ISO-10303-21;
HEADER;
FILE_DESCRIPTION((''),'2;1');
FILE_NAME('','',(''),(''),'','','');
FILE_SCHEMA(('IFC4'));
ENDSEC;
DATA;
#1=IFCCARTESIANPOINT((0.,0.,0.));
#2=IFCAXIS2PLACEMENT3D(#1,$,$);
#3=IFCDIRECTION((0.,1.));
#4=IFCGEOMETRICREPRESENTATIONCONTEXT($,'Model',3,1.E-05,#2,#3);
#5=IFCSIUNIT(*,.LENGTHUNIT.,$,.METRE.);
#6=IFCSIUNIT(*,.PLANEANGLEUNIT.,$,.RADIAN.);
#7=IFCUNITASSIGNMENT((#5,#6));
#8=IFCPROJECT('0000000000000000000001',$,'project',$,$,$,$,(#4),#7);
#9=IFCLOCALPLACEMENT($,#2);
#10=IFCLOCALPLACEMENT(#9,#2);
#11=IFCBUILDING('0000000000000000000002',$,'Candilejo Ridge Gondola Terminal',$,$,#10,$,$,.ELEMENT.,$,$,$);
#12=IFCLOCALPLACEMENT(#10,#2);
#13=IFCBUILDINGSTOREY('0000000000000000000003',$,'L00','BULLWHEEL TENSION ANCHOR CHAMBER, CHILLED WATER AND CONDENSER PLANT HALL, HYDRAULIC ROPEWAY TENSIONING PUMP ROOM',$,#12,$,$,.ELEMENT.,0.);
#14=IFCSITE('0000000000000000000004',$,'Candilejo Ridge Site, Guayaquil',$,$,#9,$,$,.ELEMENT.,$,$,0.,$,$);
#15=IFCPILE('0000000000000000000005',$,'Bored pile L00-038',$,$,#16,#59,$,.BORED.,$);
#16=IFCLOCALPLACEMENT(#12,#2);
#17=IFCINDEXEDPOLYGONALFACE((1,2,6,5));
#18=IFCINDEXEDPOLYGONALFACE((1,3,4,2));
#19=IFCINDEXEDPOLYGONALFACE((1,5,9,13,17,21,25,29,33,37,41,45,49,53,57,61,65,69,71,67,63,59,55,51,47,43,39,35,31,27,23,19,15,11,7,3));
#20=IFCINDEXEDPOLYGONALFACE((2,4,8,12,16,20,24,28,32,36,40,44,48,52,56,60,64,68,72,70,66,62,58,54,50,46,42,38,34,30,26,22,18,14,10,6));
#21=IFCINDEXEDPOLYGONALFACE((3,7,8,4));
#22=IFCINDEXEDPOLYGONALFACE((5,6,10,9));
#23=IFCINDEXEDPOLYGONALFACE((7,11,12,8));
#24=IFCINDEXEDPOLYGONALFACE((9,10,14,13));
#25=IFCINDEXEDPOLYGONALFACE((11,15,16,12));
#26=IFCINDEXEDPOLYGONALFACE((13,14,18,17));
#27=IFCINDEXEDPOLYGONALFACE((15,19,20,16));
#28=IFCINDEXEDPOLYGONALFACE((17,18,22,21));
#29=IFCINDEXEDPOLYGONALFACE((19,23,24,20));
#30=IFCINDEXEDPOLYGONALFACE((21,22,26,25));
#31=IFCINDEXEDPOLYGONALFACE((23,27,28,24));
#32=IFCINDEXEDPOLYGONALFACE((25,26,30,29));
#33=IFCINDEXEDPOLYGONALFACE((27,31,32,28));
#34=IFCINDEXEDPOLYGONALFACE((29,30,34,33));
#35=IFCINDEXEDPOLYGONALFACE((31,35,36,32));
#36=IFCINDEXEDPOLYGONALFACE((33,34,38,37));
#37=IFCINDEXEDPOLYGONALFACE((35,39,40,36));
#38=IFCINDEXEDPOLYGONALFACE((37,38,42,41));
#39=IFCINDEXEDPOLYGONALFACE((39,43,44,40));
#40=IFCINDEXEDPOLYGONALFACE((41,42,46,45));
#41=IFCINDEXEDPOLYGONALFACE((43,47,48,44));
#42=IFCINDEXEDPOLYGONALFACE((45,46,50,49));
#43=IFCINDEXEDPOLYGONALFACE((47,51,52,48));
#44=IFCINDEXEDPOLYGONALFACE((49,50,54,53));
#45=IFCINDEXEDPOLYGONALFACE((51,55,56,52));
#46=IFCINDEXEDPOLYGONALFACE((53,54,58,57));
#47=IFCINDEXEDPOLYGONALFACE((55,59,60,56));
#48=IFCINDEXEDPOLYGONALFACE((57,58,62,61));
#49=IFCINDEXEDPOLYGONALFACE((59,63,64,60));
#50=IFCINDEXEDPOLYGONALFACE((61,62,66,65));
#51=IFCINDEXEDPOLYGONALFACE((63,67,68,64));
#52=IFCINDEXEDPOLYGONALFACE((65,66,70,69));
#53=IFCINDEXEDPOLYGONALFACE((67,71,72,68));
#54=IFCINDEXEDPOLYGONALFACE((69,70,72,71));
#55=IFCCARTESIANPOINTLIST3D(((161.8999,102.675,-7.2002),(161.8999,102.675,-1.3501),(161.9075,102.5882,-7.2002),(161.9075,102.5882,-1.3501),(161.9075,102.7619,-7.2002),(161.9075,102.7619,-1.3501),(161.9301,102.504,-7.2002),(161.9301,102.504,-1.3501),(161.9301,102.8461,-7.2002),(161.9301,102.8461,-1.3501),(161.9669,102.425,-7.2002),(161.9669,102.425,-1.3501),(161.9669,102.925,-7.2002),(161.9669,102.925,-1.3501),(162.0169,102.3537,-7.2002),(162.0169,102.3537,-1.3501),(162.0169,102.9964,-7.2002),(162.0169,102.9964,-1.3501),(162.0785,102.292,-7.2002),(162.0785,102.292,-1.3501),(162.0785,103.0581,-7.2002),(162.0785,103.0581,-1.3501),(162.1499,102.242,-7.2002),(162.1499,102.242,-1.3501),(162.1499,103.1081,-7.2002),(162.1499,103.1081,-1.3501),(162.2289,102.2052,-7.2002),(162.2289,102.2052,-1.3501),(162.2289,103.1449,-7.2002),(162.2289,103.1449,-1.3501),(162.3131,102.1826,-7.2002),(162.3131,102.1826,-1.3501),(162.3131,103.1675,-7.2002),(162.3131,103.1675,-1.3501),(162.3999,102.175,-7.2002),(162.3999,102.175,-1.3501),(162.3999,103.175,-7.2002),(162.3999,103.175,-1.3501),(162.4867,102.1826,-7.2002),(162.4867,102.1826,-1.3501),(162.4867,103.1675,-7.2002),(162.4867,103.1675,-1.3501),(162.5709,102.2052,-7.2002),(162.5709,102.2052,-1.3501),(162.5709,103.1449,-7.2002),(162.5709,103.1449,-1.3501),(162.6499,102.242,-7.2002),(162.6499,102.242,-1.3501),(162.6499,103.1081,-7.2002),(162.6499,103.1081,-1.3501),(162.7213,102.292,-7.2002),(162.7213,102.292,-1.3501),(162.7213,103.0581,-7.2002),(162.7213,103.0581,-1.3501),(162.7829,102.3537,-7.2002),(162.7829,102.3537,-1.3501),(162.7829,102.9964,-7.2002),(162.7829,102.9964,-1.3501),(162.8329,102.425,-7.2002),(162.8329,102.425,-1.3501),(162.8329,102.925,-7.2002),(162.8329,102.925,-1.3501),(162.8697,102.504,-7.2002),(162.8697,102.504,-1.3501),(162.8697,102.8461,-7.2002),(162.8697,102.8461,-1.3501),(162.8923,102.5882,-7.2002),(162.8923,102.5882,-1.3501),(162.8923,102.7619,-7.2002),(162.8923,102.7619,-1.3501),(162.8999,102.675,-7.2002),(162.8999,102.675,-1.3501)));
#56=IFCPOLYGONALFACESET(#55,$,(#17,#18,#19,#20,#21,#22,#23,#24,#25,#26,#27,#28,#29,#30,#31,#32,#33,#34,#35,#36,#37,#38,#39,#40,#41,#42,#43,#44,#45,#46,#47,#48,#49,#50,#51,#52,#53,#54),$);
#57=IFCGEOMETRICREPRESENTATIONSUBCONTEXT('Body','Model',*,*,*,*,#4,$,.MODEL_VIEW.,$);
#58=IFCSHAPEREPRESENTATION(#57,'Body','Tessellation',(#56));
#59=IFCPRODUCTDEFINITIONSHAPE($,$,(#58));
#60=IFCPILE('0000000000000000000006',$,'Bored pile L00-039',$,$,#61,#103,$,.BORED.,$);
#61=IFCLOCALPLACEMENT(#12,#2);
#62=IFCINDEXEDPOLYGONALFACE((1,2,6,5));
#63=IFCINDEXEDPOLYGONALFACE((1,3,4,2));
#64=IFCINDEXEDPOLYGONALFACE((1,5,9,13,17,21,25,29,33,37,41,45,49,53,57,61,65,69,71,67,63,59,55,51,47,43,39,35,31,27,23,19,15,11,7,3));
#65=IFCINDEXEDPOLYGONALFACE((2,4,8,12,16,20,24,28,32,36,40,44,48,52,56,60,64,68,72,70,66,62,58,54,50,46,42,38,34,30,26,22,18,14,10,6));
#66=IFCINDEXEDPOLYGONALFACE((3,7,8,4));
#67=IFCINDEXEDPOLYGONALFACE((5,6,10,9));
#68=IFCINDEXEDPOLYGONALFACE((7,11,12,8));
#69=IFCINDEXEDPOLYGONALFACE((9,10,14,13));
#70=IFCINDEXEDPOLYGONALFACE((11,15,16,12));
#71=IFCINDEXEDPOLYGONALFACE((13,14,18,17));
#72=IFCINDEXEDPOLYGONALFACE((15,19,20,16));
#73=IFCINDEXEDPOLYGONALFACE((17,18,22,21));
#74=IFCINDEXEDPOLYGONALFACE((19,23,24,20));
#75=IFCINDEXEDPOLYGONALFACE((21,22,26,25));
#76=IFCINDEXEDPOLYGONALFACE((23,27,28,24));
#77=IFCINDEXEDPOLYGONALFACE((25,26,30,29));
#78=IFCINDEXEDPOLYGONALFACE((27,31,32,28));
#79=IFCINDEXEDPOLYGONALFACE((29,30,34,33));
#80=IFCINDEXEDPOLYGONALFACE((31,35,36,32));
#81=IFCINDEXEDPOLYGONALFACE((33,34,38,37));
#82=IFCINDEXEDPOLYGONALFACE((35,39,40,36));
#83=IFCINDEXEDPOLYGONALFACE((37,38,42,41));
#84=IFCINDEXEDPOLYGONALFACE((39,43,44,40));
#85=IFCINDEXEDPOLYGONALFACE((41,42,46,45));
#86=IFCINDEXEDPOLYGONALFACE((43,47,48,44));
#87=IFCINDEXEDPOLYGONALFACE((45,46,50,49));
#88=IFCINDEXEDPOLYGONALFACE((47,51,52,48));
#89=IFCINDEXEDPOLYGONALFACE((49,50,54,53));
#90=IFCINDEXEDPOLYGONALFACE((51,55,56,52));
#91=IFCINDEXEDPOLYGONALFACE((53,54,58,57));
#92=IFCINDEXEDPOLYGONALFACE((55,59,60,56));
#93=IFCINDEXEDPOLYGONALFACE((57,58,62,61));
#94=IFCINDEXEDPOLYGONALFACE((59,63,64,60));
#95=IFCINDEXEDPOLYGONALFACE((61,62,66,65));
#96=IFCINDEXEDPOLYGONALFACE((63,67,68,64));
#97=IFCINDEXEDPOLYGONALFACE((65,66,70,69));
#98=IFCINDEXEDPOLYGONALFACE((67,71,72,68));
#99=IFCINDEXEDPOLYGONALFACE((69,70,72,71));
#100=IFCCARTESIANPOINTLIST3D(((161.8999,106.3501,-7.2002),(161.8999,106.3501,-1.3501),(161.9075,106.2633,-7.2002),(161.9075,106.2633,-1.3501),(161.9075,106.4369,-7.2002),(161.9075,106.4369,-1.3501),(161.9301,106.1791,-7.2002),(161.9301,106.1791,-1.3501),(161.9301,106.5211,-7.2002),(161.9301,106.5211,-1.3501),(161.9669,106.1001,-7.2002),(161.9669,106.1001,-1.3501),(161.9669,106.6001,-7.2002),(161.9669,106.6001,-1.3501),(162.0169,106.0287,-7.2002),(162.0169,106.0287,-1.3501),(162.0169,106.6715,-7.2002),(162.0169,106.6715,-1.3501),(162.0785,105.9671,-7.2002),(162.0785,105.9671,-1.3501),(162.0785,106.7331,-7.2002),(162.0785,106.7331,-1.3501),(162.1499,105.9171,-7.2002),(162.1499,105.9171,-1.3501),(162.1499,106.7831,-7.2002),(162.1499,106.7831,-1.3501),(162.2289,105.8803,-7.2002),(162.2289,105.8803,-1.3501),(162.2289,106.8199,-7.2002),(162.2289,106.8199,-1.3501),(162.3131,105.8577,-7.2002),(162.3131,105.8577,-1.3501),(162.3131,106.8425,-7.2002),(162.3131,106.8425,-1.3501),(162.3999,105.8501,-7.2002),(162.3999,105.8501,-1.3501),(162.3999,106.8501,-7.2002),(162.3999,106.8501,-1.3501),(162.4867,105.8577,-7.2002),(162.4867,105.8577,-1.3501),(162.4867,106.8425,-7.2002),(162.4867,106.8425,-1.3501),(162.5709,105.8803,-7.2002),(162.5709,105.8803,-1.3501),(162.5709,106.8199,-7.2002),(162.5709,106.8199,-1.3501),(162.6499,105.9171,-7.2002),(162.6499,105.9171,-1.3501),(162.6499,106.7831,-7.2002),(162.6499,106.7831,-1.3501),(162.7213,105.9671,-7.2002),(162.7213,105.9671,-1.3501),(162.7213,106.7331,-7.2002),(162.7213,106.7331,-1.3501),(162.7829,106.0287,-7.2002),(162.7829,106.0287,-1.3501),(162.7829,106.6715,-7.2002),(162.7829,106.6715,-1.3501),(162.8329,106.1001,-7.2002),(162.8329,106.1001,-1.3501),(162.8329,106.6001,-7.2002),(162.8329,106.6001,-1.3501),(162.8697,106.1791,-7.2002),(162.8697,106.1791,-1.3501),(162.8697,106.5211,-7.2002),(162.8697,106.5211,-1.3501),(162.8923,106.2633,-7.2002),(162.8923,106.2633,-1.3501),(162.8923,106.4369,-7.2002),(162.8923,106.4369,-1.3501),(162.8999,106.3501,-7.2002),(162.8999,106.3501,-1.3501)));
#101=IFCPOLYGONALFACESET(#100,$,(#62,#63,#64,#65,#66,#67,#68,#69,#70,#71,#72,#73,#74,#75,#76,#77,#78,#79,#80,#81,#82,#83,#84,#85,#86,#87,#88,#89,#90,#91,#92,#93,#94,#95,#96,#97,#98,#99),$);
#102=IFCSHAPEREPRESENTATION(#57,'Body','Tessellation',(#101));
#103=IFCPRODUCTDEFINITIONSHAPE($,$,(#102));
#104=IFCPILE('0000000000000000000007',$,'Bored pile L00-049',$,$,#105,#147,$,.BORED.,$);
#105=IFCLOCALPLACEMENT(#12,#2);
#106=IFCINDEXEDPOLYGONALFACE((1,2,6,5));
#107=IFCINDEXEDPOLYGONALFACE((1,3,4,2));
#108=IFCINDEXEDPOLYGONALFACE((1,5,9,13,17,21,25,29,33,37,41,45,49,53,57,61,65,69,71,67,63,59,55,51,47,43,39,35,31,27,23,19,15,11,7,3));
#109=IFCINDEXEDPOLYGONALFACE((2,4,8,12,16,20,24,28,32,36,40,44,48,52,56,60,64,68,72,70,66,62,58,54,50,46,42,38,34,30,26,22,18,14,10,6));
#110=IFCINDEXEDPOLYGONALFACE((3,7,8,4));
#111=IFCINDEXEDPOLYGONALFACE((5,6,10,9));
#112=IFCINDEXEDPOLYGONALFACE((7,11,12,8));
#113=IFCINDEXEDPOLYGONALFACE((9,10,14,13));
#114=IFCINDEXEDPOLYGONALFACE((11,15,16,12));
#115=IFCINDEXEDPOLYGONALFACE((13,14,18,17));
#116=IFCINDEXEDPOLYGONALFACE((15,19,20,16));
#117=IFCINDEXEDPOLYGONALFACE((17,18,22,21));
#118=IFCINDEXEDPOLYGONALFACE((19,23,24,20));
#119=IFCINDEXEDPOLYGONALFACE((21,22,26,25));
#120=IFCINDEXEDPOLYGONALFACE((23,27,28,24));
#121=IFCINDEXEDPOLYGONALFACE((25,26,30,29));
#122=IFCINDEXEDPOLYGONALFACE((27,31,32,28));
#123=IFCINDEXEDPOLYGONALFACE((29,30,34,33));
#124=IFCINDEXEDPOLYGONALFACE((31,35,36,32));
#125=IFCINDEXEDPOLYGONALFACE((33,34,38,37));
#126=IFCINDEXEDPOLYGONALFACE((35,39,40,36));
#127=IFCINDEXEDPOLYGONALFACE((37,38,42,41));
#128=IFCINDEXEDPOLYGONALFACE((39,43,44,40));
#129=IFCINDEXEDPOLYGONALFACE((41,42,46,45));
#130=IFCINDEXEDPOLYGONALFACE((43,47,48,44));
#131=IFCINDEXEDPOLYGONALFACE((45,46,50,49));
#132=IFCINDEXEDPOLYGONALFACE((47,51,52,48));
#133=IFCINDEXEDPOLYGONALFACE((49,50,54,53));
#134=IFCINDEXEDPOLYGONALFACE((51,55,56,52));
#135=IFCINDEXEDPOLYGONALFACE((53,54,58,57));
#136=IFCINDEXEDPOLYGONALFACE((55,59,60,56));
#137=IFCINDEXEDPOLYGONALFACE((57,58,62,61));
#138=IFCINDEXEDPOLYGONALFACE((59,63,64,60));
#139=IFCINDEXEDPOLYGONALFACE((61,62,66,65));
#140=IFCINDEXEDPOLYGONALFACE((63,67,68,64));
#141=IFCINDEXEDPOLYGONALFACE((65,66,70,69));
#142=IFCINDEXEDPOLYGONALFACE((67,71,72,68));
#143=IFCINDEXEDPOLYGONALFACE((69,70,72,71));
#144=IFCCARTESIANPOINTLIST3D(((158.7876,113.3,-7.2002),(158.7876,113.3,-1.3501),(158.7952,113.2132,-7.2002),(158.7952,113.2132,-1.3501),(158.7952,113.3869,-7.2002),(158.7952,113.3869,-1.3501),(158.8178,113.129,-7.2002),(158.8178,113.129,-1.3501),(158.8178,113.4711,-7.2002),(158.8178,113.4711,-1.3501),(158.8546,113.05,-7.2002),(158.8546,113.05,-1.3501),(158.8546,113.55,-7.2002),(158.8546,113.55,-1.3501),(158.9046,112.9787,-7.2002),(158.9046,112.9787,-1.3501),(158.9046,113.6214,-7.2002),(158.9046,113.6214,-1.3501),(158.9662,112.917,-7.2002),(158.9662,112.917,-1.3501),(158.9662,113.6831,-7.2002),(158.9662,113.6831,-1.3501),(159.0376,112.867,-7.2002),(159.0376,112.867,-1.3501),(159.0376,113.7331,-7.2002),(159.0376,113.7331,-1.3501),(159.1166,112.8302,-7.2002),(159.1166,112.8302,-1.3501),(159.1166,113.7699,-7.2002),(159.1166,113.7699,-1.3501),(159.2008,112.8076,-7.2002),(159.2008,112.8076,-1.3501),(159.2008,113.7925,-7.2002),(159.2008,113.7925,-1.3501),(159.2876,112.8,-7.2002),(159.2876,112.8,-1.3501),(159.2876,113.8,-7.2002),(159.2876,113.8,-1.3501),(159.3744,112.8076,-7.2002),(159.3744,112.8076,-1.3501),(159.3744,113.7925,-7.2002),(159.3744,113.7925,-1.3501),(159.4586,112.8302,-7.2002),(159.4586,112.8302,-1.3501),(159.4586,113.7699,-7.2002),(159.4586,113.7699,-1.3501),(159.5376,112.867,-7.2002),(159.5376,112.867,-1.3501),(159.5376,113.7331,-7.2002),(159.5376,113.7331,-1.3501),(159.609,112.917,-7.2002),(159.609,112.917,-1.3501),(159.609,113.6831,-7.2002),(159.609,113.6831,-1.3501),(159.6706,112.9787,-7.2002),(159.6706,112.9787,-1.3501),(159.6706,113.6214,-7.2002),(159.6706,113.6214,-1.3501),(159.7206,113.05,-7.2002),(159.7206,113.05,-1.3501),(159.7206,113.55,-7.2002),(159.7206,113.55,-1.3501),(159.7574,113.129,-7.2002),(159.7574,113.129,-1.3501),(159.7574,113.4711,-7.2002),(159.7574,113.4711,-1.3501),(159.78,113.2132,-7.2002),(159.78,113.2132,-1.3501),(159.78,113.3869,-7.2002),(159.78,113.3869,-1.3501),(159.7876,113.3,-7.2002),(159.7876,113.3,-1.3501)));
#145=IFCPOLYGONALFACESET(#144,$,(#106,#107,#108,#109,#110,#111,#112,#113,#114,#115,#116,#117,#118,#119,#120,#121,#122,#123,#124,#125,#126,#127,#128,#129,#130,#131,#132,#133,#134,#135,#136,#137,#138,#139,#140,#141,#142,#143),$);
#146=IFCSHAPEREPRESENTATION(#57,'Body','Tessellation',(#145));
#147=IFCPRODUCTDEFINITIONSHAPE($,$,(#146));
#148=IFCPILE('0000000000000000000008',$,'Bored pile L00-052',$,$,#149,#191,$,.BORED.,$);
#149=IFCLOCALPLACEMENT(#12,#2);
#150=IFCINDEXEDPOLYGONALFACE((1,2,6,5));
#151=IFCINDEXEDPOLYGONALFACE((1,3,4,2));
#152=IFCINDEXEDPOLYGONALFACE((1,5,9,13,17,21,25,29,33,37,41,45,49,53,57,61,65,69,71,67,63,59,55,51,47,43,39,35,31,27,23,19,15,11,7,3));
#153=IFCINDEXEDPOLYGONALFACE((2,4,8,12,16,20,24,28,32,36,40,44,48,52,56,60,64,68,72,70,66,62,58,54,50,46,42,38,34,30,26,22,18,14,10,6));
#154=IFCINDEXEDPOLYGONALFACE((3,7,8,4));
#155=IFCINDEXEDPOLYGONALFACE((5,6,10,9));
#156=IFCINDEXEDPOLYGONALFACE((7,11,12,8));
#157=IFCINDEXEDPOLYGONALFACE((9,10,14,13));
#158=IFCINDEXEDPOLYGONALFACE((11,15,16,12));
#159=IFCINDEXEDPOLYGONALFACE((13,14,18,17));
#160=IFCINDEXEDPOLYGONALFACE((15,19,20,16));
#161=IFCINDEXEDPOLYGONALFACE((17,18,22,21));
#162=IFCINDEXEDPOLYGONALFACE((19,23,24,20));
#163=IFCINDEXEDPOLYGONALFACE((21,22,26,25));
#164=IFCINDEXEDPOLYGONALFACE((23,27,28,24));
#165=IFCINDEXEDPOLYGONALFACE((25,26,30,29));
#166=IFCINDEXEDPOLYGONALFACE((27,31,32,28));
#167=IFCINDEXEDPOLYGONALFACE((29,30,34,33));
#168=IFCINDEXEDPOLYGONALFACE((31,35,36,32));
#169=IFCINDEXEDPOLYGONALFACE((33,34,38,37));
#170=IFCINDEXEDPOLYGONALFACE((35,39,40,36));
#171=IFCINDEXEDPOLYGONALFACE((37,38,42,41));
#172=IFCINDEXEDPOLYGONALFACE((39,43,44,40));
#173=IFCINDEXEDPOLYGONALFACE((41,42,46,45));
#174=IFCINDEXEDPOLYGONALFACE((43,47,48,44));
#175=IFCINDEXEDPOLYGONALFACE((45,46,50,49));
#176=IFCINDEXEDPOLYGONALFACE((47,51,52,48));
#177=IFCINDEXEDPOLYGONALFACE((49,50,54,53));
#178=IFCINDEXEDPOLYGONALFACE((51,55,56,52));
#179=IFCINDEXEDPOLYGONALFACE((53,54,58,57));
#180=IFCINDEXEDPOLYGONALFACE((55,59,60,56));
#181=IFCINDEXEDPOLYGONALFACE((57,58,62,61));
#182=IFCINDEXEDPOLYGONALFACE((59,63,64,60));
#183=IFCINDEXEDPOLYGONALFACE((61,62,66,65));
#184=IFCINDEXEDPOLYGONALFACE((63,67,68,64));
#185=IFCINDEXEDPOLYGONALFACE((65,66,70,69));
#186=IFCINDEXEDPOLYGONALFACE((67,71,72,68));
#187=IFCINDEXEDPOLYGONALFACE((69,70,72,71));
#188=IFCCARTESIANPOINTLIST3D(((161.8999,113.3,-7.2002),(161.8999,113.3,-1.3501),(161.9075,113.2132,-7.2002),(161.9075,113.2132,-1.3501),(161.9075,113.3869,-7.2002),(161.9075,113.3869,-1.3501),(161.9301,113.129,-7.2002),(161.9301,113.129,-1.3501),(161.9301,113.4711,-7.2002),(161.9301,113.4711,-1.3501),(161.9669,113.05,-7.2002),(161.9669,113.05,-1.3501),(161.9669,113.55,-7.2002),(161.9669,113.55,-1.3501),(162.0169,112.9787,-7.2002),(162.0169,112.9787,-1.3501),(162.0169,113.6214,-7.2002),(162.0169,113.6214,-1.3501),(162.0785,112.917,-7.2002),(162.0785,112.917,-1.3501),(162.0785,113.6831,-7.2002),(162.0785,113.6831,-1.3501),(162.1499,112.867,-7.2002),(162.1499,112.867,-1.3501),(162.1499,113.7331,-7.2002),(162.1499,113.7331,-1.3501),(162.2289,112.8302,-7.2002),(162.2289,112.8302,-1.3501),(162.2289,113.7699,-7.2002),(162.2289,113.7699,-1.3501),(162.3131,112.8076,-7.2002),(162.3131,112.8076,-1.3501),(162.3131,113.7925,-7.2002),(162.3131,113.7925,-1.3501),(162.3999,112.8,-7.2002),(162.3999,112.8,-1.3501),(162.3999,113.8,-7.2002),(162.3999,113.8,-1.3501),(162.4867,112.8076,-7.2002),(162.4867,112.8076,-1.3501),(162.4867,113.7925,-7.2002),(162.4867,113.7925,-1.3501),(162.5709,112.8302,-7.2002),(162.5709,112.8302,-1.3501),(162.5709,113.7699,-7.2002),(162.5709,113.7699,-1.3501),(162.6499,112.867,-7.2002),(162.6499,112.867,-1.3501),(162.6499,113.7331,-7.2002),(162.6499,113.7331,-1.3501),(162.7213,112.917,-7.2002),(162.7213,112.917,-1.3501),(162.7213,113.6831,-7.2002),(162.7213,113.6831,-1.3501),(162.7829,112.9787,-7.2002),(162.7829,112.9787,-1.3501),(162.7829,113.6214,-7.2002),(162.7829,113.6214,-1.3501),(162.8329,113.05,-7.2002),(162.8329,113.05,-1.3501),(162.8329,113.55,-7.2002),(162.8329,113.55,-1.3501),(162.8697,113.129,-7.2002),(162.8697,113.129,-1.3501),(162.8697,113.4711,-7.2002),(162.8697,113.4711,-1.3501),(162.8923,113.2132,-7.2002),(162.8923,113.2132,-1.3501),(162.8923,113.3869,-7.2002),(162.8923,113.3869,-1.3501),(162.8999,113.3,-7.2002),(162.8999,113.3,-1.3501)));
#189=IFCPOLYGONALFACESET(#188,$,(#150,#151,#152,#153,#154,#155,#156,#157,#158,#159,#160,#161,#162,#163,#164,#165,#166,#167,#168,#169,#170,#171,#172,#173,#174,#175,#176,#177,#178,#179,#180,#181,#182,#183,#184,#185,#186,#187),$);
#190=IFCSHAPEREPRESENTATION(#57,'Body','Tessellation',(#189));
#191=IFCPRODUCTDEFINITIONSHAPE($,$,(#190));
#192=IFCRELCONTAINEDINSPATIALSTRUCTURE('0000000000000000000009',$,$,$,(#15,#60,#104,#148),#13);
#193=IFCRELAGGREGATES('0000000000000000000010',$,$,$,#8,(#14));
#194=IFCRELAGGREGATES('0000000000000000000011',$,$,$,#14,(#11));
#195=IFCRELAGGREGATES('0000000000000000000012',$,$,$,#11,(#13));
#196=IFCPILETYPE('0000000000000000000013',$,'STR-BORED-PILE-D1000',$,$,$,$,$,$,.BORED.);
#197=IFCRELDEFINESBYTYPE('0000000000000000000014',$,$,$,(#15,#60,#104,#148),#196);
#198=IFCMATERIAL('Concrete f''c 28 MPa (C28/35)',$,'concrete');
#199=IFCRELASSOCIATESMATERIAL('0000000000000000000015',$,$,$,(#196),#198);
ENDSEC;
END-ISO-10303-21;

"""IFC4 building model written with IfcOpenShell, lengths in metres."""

from ifc_helpers import new_model, si_unit, direction, frame, origin, origin_2d, place, context, subcontext, project, spatial, circle, extrude, material, material_profile, profile_set, type_object, element, save


model = new_model("IFC4")

# Units and contexts
model_context = context("Model", 3, precision=1e-05, world=origin(), true_north=direction((0.0, 1.0)))
body_context = subcontext(model_context, "Body", "Model", "MODEL_VIEW")
ifc_project = project(units=[si_unit("LENGTHUNIT", "METRE"), si_unit("PLANEANGLEUNIT", "RADIAN")], contexts=[model_context])

# Site, building, storey
site_placement = place(None, origin())
site = spatial("IfcSite", under=ifc_project, at=site_placement, Name="Candilejo Ridge Site, Guayaquil", CompositionType="ELEMENT", RefElevation=0.0)
building_placement = place(site_placement, origin())
building = spatial("IfcBuilding", under=site, at=building_placement, Name="Candilejo Ridge Gondola Terminal", CompositionType="ELEMENT")
storey_placement = place(building_placement, origin())
storey = spatial("IfcBuildingStorey", under=building, at=storey_placement, Name="L00", Description="BULLWHEEL TENSION ANCHOR CHAMBER, CHILLED WATER AND CONDENSER PLANT HALL, HYDRAULIC ROPEWAY TENSIONING PUMP ROOM", CompositionType="ELEMENT", Elevation=0.0)

# Piles
ifc_material_1 = material(Name="Concrete f'c 28 MPa (C28/35)", Category="concrete")
ifc_material_profile_1 = material_profile(ifc_material_1, circle(Radius=0.5, at=origin_2d()))
ifc_profile_set_1 = profile_set([ifc_material_profile_1], Name="Concrete f'c 28 MPa (C28/35)")
pile_type = type_object("IfcPileType", Name="STR-BORED-PILE-D1000", PredefinedType="BORED", material=ifc_profile_set_1)
for number, where, z_axis, x_axis, name in (
    (1, (162.3999, 102.675, -1.3501), (0.0, 0.0, -1.0), (1.0, 0.0, 0.0), "Bored pile L00-038"),
    (2, (162.3999, 106.3501, -1.3501), (0.0, 0.0, -1.0), (1.0, 0.0, 0.0), "Bored pile L00-039"),
    (3, (159.2876, 113.3, -1.3501), (0.0, 0.0, -1.0), (1.0, 0.0, 0.0), "Bored pile L00-049"),
    (4, (162.3999, 113.3, -1.3501), (0.0, 0.0, -1.0), (1.0, 0.0, 0.0), "Bored pile L00-052"),
):
    element("IfcPile", number, at=place(storey_placement, frame(where, z_axis=z_axis, x_axis=x_axis)), inside=storey, type_object=pile_type, Name=name, PredefinedType="BORED", context=body_context, shape_type="SweptSolid", body=[
        extrude(circle(Radius=0.5, at=origin_2d()), origin(), (0.0, 0.0, 1.0), 5.8501),
    ])

save(model, "model.ifc")
